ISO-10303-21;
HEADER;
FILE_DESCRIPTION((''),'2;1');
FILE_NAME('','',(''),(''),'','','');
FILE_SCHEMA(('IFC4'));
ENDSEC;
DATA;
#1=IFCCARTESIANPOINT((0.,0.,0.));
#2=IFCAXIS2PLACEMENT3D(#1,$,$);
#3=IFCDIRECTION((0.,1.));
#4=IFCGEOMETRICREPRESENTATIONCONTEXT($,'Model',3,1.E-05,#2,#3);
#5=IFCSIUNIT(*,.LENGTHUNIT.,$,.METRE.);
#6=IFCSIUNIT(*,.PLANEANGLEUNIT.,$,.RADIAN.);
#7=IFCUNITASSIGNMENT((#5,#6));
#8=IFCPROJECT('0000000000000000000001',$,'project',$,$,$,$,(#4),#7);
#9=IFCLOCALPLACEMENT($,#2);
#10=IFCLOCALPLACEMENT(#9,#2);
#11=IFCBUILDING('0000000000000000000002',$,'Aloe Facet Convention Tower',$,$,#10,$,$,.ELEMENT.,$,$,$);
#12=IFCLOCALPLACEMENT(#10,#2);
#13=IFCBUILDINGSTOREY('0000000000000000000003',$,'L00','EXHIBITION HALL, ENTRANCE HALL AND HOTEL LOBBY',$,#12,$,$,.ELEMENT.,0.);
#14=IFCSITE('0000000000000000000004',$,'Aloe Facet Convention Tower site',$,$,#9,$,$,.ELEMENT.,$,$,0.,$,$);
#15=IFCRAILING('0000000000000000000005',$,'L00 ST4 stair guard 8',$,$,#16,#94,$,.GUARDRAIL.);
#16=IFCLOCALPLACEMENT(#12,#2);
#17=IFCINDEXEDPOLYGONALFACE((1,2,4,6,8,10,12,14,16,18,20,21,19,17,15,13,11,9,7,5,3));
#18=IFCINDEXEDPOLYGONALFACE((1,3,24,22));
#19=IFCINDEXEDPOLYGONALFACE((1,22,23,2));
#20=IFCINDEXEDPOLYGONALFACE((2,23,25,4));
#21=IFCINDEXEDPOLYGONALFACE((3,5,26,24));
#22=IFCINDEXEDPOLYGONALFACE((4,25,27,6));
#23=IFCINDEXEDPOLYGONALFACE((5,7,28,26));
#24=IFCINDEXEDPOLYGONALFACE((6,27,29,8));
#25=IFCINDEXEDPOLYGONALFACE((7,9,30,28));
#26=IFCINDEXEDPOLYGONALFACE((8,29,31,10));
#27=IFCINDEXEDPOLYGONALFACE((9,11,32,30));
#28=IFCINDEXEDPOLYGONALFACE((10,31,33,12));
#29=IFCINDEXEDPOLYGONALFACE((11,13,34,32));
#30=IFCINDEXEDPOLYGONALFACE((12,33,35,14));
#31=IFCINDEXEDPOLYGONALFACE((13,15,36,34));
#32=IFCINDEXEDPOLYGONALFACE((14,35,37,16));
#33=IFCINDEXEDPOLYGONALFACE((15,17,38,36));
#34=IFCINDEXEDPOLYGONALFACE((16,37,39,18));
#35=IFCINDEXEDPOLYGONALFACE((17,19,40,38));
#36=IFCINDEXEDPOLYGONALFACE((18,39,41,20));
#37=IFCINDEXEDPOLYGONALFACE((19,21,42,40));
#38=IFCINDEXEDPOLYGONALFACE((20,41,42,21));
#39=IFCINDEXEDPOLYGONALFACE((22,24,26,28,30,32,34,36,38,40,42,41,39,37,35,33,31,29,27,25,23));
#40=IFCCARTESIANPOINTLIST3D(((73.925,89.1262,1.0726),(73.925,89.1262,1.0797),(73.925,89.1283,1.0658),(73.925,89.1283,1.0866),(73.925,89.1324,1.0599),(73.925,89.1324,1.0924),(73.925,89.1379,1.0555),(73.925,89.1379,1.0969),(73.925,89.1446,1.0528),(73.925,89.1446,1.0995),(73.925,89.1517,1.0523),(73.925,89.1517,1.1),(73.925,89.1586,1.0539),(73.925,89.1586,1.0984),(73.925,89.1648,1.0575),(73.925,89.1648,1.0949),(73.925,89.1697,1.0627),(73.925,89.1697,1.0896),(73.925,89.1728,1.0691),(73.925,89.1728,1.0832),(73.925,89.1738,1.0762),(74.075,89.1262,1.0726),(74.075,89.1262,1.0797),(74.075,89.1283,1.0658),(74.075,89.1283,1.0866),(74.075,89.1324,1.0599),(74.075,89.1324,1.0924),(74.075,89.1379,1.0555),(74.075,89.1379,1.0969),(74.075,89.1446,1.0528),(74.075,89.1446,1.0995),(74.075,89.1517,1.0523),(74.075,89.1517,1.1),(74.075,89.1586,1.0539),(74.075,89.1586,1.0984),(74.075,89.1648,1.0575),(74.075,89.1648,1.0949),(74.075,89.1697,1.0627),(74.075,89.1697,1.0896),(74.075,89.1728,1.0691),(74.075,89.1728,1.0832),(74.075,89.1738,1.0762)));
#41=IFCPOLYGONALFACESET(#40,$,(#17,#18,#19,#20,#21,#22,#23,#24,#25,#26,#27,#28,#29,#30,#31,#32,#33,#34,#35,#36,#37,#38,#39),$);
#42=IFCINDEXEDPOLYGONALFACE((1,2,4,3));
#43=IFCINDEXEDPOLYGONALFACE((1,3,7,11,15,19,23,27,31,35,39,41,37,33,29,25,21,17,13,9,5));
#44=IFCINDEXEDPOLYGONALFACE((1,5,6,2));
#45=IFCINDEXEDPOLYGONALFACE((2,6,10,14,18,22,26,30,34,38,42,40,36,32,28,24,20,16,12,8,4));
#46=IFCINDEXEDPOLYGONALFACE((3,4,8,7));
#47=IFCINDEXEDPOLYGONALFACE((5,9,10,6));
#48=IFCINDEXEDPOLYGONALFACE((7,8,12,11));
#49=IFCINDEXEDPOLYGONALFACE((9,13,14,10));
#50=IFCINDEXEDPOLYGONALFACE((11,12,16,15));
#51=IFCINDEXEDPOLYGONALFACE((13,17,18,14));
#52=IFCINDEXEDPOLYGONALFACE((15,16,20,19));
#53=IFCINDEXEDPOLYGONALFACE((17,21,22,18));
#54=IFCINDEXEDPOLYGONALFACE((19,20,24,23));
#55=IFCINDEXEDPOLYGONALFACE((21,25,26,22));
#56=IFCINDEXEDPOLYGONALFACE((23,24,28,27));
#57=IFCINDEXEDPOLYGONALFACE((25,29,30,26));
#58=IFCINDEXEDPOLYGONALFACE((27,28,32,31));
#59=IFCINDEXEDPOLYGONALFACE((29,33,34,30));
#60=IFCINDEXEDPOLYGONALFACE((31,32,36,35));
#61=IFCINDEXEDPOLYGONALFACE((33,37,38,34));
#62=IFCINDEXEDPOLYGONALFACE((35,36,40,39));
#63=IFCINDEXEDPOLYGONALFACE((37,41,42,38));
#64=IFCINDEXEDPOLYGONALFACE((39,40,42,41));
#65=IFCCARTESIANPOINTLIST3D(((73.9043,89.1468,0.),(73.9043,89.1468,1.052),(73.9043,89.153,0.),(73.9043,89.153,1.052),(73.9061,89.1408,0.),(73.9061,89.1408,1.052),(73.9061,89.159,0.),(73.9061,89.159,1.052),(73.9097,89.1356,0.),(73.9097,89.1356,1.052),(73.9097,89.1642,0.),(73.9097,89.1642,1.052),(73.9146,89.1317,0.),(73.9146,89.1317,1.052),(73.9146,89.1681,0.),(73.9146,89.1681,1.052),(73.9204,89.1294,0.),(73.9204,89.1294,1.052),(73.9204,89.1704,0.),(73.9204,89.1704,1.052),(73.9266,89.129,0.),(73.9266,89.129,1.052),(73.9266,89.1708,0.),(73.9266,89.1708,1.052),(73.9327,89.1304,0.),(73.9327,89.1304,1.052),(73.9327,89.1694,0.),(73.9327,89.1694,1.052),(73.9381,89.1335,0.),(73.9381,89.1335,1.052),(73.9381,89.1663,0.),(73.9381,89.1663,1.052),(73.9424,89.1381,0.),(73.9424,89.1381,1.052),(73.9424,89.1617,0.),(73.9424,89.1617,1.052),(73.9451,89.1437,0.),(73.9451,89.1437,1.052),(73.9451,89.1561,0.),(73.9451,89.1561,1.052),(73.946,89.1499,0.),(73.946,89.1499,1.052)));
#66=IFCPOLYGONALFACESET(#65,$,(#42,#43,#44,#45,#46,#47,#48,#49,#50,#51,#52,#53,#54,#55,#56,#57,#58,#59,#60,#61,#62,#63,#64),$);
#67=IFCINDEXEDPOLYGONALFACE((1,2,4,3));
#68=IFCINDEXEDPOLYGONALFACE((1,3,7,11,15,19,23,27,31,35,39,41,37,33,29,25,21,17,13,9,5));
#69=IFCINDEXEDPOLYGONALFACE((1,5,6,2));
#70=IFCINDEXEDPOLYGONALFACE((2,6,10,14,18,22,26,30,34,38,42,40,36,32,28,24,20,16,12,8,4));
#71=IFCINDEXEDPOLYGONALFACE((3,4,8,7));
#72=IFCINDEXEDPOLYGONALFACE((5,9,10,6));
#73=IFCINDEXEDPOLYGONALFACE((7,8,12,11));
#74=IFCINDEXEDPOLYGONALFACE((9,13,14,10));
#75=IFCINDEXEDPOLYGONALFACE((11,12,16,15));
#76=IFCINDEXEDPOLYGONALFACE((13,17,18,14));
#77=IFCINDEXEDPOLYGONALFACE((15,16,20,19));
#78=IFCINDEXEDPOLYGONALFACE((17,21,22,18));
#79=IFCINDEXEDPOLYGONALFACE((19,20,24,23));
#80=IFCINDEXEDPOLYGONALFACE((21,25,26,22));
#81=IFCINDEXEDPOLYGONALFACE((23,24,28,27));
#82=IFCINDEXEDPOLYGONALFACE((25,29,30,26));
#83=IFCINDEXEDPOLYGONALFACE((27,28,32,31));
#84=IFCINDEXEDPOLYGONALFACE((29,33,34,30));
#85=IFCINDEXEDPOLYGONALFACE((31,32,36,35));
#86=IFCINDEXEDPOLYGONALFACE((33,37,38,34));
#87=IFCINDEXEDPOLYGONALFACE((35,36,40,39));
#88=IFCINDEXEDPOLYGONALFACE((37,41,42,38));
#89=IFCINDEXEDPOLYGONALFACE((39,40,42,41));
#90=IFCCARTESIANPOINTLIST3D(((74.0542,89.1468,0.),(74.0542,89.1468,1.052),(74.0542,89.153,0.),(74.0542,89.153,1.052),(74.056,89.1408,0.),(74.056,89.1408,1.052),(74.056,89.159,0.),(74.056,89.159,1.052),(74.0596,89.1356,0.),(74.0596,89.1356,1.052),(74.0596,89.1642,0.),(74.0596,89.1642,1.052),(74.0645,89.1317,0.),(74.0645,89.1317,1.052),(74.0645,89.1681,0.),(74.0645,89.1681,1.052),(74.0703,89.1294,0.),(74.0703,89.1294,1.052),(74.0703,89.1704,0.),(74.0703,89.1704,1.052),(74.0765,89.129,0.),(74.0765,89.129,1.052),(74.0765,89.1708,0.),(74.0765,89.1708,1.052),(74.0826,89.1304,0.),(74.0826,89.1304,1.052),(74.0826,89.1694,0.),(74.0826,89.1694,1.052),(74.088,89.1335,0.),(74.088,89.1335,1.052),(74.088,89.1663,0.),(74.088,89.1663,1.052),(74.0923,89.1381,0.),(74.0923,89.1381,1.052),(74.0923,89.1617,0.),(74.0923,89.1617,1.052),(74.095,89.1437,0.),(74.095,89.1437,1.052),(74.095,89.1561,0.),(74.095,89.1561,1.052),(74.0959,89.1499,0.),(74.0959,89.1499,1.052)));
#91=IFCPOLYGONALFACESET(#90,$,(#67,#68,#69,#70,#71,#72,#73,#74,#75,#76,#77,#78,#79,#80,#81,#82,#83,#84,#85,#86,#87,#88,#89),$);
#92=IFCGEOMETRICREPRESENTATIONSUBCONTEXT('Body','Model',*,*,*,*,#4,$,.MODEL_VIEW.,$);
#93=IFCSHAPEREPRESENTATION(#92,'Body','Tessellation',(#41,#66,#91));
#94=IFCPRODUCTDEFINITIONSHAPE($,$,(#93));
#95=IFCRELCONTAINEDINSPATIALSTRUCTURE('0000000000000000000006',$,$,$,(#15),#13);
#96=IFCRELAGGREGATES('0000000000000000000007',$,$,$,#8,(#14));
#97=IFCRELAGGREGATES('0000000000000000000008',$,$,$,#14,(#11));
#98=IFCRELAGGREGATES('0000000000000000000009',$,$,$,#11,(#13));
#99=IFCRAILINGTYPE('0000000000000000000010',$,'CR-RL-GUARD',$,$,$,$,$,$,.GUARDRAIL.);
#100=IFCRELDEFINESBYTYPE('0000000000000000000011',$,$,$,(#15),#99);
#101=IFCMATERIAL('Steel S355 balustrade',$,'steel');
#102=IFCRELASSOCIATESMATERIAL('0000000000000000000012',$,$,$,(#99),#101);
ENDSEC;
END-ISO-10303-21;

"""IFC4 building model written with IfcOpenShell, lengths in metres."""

from ifc_helpers import new_model, si_unit, direction, frame, origin, origin_2d, place, context, subcontext, project, spatial, circle, extrude, material, type_object, element, save


model = new_model("IFC4")

# Units and contexts
model_context = context("Model", 3, precision=1e-05, world=origin(), true_north=direction((0.0, 1.0)))
body_context = subcontext(model_context, "Body", "Model", "MODEL_VIEW")
ifc_project = project(units=[si_unit("LENGTHUNIT", "METRE"), si_unit("PLANEANGLEUNIT", "RADIAN")], contexts=[model_context])

# Site, building, storey
site_placement = place(None, origin())
site = spatial("IfcSite", under=ifc_project, at=site_placement, Name="Aloe Facet Convention Tower site", CompositionType="ELEMENT", RefElevation=0.0)
building_placement = place(site_placement, origin())
building = spatial("IfcBuilding", under=site, at=building_placement, Name="Aloe Facet Convention Tower", CompositionType="ELEMENT")
storey_placement = place(building_placement, origin())
storey = spatial("IfcBuildingStorey", under=building, at=storey_placement, Name="L00", Description="EXHIBITION HALL, ENTRANCE HALL AND HOTEL LOBBY", CompositionType="ELEMENT", Elevation=0.0)

# Railing
ifc_material_1 = material(Name="Steel S355 balustrade", Category="steel")
railing_type_1 = type_object("IfcRailingType", Name="CR-RL-GUARD", PredefinedType="GUARDRAIL", material=ifc_material_1)
railing_1_placement = place(storey_placement, frame((73.925, 89.1499, 0.0)))
element("IfcRailing", 1, at=railing_1_placement, inside=storey, type_object=railing_type_1, Name="L00 ST4 stair guard 8", PredefinedType="GUARDRAIL", context=body_context, shape_type="SweptSolid", body=[
    extrude(circle(Radius=0.0239, at=origin_2d()), frame((0.0, 0.0, 1.0762), z_axis=(1.0, 0.0, 0.0), x_axis=(0.0, 1.0, 0.0)), (0.0, 0.0, 1.0), 0.1499),
    extrude(circle(Radius=0.021, at=origin_2d()), origin(), (0.0, 0.0, 1.0), 1.052),
    extrude(circle(Radius=0.021, at=origin_2d()), frame((0.1499, 0.0, 0.0)), (0.0, 0.0, 1.0), 1.052),
])

save(model, "model.ifc")
